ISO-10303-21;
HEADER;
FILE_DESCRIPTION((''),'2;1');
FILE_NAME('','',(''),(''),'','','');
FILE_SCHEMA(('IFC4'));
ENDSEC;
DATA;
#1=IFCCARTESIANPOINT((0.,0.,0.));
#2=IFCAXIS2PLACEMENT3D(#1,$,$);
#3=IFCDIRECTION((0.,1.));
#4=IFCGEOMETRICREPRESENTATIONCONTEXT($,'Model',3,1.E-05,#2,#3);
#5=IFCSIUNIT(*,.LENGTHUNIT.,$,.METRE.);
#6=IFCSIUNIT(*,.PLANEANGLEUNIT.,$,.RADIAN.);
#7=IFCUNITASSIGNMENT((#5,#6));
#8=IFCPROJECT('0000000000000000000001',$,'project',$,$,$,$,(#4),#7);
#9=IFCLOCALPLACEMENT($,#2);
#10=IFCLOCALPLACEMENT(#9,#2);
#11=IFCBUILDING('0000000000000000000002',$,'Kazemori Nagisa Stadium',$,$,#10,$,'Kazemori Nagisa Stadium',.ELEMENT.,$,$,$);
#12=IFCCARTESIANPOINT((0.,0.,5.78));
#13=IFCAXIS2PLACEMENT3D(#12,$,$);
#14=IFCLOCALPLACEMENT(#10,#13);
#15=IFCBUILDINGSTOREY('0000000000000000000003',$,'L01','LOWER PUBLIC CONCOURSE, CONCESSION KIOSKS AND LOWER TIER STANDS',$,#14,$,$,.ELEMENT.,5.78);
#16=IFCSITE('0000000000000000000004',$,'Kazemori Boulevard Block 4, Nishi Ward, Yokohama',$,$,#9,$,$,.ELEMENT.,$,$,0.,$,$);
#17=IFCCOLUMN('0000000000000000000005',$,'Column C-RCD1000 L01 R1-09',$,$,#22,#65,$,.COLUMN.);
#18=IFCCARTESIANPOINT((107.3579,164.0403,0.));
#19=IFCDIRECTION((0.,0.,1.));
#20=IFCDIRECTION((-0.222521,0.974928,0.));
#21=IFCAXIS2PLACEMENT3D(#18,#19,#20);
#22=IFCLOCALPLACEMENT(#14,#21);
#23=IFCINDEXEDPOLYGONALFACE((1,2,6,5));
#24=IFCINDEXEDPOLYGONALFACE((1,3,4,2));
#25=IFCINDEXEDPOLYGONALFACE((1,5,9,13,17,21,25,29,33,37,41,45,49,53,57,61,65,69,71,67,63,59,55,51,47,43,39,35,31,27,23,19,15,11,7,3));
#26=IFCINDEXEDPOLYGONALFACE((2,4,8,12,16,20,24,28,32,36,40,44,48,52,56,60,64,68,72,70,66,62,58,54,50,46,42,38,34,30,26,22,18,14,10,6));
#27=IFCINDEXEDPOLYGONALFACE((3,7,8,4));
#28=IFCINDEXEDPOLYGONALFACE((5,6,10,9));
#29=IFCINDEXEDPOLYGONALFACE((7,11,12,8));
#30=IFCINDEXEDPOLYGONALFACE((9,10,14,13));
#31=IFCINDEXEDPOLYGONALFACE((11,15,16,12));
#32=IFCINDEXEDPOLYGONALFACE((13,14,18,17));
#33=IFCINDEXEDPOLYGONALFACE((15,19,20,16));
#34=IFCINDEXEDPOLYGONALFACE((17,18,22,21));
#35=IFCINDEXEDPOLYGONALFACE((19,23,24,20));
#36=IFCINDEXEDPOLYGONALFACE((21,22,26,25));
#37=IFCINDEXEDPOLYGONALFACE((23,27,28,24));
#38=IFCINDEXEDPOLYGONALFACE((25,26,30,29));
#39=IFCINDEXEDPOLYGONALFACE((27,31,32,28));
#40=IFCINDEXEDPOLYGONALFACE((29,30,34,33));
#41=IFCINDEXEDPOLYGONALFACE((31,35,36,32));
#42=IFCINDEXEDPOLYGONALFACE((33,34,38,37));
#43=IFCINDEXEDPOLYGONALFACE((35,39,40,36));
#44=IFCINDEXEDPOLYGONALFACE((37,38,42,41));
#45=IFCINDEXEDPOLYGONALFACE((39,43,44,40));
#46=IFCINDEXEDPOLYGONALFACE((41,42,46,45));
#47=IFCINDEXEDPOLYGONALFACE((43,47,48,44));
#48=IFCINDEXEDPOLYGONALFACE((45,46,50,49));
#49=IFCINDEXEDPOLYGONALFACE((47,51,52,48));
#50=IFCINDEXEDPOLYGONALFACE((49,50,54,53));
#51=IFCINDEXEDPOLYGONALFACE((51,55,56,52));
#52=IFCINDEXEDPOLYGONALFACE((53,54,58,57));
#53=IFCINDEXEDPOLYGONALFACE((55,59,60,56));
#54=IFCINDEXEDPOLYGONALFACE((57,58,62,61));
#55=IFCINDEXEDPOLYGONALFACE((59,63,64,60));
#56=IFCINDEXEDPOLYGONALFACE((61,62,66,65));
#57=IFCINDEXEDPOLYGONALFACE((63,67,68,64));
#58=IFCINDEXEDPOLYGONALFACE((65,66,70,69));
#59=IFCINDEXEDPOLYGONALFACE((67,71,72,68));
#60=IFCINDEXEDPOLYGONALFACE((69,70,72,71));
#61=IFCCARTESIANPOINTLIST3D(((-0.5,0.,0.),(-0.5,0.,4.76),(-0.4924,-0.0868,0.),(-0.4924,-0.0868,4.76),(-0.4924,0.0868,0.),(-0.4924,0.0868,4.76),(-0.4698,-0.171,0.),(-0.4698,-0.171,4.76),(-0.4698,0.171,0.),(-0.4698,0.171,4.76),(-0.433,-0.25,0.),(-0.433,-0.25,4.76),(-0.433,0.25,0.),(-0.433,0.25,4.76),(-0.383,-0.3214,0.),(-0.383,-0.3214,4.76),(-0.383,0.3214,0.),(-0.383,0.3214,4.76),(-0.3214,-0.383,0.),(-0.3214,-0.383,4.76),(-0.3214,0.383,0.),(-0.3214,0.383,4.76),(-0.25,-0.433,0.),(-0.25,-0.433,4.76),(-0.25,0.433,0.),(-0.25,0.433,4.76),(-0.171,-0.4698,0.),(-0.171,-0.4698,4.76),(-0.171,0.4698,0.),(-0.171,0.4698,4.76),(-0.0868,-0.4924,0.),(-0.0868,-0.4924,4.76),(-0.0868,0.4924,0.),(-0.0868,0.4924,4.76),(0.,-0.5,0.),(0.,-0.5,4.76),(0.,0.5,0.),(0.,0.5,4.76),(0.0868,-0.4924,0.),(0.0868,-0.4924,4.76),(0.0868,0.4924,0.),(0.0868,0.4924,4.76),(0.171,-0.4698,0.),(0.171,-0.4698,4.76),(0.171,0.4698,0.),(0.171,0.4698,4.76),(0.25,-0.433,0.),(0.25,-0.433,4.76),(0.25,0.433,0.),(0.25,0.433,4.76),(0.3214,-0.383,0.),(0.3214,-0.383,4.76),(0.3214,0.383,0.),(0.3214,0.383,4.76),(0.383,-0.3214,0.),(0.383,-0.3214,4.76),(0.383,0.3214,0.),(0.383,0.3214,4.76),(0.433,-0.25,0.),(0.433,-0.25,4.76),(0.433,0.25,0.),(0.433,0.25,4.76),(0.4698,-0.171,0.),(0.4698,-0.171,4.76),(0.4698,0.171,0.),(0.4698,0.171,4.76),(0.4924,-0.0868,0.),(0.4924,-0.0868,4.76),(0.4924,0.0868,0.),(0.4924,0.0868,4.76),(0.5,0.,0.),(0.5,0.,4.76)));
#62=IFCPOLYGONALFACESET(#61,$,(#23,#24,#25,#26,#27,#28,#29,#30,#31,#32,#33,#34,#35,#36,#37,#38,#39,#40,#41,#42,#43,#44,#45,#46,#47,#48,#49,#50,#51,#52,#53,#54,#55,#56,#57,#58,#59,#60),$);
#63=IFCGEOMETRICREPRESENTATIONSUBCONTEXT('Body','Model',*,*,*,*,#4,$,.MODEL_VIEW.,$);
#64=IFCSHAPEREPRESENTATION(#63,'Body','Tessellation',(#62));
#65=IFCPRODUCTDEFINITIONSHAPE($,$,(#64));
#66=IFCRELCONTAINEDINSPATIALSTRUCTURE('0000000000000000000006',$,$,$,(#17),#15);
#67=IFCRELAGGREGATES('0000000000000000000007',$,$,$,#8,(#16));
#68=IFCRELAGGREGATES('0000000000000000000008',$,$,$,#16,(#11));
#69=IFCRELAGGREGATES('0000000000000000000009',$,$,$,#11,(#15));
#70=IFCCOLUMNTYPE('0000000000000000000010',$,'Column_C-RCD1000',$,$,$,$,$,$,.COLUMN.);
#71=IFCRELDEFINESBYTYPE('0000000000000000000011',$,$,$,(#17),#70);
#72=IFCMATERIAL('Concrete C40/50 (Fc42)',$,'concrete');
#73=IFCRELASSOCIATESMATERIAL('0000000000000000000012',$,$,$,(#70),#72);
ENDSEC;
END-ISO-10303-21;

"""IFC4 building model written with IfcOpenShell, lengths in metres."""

from ifc_helpers import new_model, si_unit, direction, frame, origin, origin_2d, place, context, subcontext, project, spatial, circle, extrude, material, material_profile, profile_set, type_object, element, save


model = new_model("IFC4")

# Units and contexts
model_context = context("Model", 3, precision=1e-05, world=origin(), true_north=direction((0.0, 1.0)))
body_context = subcontext(model_context, "Body", "Model", "MODEL_VIEW")
ifc_project = project(units=[si_unit("LENGTHUNIT", "METRE"), si_unit("PLANEANGLEUNIT", "RADIAN")], contexts=[model_context])

# Site, building, storey
site_placement = place(None, origin())
site = spatial("IfcSite", under=ifc_project, at=site_placement, Name="Kazemori Boulevard Block 4, Nishi Ward, Yokohama", CompositionType="ELEMENT", RefElevation=0.0)
building_placement = place(site_placement, origin())
building = spatial("IfcBuilding", under=site, at=building_placement, Name="Kazemori Nagisa Stadium", LongName="Kazemori Nagisa Stadium", CompositionType="ELEMENT")
storey_placement = place(building_placement, frame((0.0, 0.0, 5.78)))
storey = spatial("IfcBuildingStorey", under=building, at=storey_placement, Name="L01", Description="LOWER PUBLIC CONCOURSE, CONCESSION KIOSKS AND LOWER TIER STANDS", CompositionType="ELEMENT", Elevation=5.78)

# Column
ifc_material_1 = material(Name="Concrete C40/50 (Fc42)", Category="concrete")
ifc_material_profile_1 = material_profile(ifc_material_1, circle(Radius=0.5, at=origin_2d()), Name="RC-COL-D1000")
ifc_profile_set_1 = profile_set([ifc_material_profile_1], Name="Concrete C40/50 (Fc42)")
column_type_1 = type_object("IfcColumnType", Name="Column_C-RCD1000", PredefinedType="COLUMN", material=ifc_profile_set_1)
column_1_placement = place(storey_placement, frame((107.3579, 164.0403, 0.0), z_axis=(0.0, 0.0, 1.0), x_axis=(-0.222521, 0.974928, 0.0)))
element("IfcColumn", 1, at=column_1_placement, inside=storey, type_object=column_type_1, Name="Column C-RCD1000 L01 R1-09", PredefinedType="COLUMN", context=body_context, shape_type="SweptSolid", body=[
    extrude(circle(Radius=0.5, at=origin_2d()), origin(), (0.0, 0.0, 1.0), 4.76),
])

save(model, "model.ifc")
